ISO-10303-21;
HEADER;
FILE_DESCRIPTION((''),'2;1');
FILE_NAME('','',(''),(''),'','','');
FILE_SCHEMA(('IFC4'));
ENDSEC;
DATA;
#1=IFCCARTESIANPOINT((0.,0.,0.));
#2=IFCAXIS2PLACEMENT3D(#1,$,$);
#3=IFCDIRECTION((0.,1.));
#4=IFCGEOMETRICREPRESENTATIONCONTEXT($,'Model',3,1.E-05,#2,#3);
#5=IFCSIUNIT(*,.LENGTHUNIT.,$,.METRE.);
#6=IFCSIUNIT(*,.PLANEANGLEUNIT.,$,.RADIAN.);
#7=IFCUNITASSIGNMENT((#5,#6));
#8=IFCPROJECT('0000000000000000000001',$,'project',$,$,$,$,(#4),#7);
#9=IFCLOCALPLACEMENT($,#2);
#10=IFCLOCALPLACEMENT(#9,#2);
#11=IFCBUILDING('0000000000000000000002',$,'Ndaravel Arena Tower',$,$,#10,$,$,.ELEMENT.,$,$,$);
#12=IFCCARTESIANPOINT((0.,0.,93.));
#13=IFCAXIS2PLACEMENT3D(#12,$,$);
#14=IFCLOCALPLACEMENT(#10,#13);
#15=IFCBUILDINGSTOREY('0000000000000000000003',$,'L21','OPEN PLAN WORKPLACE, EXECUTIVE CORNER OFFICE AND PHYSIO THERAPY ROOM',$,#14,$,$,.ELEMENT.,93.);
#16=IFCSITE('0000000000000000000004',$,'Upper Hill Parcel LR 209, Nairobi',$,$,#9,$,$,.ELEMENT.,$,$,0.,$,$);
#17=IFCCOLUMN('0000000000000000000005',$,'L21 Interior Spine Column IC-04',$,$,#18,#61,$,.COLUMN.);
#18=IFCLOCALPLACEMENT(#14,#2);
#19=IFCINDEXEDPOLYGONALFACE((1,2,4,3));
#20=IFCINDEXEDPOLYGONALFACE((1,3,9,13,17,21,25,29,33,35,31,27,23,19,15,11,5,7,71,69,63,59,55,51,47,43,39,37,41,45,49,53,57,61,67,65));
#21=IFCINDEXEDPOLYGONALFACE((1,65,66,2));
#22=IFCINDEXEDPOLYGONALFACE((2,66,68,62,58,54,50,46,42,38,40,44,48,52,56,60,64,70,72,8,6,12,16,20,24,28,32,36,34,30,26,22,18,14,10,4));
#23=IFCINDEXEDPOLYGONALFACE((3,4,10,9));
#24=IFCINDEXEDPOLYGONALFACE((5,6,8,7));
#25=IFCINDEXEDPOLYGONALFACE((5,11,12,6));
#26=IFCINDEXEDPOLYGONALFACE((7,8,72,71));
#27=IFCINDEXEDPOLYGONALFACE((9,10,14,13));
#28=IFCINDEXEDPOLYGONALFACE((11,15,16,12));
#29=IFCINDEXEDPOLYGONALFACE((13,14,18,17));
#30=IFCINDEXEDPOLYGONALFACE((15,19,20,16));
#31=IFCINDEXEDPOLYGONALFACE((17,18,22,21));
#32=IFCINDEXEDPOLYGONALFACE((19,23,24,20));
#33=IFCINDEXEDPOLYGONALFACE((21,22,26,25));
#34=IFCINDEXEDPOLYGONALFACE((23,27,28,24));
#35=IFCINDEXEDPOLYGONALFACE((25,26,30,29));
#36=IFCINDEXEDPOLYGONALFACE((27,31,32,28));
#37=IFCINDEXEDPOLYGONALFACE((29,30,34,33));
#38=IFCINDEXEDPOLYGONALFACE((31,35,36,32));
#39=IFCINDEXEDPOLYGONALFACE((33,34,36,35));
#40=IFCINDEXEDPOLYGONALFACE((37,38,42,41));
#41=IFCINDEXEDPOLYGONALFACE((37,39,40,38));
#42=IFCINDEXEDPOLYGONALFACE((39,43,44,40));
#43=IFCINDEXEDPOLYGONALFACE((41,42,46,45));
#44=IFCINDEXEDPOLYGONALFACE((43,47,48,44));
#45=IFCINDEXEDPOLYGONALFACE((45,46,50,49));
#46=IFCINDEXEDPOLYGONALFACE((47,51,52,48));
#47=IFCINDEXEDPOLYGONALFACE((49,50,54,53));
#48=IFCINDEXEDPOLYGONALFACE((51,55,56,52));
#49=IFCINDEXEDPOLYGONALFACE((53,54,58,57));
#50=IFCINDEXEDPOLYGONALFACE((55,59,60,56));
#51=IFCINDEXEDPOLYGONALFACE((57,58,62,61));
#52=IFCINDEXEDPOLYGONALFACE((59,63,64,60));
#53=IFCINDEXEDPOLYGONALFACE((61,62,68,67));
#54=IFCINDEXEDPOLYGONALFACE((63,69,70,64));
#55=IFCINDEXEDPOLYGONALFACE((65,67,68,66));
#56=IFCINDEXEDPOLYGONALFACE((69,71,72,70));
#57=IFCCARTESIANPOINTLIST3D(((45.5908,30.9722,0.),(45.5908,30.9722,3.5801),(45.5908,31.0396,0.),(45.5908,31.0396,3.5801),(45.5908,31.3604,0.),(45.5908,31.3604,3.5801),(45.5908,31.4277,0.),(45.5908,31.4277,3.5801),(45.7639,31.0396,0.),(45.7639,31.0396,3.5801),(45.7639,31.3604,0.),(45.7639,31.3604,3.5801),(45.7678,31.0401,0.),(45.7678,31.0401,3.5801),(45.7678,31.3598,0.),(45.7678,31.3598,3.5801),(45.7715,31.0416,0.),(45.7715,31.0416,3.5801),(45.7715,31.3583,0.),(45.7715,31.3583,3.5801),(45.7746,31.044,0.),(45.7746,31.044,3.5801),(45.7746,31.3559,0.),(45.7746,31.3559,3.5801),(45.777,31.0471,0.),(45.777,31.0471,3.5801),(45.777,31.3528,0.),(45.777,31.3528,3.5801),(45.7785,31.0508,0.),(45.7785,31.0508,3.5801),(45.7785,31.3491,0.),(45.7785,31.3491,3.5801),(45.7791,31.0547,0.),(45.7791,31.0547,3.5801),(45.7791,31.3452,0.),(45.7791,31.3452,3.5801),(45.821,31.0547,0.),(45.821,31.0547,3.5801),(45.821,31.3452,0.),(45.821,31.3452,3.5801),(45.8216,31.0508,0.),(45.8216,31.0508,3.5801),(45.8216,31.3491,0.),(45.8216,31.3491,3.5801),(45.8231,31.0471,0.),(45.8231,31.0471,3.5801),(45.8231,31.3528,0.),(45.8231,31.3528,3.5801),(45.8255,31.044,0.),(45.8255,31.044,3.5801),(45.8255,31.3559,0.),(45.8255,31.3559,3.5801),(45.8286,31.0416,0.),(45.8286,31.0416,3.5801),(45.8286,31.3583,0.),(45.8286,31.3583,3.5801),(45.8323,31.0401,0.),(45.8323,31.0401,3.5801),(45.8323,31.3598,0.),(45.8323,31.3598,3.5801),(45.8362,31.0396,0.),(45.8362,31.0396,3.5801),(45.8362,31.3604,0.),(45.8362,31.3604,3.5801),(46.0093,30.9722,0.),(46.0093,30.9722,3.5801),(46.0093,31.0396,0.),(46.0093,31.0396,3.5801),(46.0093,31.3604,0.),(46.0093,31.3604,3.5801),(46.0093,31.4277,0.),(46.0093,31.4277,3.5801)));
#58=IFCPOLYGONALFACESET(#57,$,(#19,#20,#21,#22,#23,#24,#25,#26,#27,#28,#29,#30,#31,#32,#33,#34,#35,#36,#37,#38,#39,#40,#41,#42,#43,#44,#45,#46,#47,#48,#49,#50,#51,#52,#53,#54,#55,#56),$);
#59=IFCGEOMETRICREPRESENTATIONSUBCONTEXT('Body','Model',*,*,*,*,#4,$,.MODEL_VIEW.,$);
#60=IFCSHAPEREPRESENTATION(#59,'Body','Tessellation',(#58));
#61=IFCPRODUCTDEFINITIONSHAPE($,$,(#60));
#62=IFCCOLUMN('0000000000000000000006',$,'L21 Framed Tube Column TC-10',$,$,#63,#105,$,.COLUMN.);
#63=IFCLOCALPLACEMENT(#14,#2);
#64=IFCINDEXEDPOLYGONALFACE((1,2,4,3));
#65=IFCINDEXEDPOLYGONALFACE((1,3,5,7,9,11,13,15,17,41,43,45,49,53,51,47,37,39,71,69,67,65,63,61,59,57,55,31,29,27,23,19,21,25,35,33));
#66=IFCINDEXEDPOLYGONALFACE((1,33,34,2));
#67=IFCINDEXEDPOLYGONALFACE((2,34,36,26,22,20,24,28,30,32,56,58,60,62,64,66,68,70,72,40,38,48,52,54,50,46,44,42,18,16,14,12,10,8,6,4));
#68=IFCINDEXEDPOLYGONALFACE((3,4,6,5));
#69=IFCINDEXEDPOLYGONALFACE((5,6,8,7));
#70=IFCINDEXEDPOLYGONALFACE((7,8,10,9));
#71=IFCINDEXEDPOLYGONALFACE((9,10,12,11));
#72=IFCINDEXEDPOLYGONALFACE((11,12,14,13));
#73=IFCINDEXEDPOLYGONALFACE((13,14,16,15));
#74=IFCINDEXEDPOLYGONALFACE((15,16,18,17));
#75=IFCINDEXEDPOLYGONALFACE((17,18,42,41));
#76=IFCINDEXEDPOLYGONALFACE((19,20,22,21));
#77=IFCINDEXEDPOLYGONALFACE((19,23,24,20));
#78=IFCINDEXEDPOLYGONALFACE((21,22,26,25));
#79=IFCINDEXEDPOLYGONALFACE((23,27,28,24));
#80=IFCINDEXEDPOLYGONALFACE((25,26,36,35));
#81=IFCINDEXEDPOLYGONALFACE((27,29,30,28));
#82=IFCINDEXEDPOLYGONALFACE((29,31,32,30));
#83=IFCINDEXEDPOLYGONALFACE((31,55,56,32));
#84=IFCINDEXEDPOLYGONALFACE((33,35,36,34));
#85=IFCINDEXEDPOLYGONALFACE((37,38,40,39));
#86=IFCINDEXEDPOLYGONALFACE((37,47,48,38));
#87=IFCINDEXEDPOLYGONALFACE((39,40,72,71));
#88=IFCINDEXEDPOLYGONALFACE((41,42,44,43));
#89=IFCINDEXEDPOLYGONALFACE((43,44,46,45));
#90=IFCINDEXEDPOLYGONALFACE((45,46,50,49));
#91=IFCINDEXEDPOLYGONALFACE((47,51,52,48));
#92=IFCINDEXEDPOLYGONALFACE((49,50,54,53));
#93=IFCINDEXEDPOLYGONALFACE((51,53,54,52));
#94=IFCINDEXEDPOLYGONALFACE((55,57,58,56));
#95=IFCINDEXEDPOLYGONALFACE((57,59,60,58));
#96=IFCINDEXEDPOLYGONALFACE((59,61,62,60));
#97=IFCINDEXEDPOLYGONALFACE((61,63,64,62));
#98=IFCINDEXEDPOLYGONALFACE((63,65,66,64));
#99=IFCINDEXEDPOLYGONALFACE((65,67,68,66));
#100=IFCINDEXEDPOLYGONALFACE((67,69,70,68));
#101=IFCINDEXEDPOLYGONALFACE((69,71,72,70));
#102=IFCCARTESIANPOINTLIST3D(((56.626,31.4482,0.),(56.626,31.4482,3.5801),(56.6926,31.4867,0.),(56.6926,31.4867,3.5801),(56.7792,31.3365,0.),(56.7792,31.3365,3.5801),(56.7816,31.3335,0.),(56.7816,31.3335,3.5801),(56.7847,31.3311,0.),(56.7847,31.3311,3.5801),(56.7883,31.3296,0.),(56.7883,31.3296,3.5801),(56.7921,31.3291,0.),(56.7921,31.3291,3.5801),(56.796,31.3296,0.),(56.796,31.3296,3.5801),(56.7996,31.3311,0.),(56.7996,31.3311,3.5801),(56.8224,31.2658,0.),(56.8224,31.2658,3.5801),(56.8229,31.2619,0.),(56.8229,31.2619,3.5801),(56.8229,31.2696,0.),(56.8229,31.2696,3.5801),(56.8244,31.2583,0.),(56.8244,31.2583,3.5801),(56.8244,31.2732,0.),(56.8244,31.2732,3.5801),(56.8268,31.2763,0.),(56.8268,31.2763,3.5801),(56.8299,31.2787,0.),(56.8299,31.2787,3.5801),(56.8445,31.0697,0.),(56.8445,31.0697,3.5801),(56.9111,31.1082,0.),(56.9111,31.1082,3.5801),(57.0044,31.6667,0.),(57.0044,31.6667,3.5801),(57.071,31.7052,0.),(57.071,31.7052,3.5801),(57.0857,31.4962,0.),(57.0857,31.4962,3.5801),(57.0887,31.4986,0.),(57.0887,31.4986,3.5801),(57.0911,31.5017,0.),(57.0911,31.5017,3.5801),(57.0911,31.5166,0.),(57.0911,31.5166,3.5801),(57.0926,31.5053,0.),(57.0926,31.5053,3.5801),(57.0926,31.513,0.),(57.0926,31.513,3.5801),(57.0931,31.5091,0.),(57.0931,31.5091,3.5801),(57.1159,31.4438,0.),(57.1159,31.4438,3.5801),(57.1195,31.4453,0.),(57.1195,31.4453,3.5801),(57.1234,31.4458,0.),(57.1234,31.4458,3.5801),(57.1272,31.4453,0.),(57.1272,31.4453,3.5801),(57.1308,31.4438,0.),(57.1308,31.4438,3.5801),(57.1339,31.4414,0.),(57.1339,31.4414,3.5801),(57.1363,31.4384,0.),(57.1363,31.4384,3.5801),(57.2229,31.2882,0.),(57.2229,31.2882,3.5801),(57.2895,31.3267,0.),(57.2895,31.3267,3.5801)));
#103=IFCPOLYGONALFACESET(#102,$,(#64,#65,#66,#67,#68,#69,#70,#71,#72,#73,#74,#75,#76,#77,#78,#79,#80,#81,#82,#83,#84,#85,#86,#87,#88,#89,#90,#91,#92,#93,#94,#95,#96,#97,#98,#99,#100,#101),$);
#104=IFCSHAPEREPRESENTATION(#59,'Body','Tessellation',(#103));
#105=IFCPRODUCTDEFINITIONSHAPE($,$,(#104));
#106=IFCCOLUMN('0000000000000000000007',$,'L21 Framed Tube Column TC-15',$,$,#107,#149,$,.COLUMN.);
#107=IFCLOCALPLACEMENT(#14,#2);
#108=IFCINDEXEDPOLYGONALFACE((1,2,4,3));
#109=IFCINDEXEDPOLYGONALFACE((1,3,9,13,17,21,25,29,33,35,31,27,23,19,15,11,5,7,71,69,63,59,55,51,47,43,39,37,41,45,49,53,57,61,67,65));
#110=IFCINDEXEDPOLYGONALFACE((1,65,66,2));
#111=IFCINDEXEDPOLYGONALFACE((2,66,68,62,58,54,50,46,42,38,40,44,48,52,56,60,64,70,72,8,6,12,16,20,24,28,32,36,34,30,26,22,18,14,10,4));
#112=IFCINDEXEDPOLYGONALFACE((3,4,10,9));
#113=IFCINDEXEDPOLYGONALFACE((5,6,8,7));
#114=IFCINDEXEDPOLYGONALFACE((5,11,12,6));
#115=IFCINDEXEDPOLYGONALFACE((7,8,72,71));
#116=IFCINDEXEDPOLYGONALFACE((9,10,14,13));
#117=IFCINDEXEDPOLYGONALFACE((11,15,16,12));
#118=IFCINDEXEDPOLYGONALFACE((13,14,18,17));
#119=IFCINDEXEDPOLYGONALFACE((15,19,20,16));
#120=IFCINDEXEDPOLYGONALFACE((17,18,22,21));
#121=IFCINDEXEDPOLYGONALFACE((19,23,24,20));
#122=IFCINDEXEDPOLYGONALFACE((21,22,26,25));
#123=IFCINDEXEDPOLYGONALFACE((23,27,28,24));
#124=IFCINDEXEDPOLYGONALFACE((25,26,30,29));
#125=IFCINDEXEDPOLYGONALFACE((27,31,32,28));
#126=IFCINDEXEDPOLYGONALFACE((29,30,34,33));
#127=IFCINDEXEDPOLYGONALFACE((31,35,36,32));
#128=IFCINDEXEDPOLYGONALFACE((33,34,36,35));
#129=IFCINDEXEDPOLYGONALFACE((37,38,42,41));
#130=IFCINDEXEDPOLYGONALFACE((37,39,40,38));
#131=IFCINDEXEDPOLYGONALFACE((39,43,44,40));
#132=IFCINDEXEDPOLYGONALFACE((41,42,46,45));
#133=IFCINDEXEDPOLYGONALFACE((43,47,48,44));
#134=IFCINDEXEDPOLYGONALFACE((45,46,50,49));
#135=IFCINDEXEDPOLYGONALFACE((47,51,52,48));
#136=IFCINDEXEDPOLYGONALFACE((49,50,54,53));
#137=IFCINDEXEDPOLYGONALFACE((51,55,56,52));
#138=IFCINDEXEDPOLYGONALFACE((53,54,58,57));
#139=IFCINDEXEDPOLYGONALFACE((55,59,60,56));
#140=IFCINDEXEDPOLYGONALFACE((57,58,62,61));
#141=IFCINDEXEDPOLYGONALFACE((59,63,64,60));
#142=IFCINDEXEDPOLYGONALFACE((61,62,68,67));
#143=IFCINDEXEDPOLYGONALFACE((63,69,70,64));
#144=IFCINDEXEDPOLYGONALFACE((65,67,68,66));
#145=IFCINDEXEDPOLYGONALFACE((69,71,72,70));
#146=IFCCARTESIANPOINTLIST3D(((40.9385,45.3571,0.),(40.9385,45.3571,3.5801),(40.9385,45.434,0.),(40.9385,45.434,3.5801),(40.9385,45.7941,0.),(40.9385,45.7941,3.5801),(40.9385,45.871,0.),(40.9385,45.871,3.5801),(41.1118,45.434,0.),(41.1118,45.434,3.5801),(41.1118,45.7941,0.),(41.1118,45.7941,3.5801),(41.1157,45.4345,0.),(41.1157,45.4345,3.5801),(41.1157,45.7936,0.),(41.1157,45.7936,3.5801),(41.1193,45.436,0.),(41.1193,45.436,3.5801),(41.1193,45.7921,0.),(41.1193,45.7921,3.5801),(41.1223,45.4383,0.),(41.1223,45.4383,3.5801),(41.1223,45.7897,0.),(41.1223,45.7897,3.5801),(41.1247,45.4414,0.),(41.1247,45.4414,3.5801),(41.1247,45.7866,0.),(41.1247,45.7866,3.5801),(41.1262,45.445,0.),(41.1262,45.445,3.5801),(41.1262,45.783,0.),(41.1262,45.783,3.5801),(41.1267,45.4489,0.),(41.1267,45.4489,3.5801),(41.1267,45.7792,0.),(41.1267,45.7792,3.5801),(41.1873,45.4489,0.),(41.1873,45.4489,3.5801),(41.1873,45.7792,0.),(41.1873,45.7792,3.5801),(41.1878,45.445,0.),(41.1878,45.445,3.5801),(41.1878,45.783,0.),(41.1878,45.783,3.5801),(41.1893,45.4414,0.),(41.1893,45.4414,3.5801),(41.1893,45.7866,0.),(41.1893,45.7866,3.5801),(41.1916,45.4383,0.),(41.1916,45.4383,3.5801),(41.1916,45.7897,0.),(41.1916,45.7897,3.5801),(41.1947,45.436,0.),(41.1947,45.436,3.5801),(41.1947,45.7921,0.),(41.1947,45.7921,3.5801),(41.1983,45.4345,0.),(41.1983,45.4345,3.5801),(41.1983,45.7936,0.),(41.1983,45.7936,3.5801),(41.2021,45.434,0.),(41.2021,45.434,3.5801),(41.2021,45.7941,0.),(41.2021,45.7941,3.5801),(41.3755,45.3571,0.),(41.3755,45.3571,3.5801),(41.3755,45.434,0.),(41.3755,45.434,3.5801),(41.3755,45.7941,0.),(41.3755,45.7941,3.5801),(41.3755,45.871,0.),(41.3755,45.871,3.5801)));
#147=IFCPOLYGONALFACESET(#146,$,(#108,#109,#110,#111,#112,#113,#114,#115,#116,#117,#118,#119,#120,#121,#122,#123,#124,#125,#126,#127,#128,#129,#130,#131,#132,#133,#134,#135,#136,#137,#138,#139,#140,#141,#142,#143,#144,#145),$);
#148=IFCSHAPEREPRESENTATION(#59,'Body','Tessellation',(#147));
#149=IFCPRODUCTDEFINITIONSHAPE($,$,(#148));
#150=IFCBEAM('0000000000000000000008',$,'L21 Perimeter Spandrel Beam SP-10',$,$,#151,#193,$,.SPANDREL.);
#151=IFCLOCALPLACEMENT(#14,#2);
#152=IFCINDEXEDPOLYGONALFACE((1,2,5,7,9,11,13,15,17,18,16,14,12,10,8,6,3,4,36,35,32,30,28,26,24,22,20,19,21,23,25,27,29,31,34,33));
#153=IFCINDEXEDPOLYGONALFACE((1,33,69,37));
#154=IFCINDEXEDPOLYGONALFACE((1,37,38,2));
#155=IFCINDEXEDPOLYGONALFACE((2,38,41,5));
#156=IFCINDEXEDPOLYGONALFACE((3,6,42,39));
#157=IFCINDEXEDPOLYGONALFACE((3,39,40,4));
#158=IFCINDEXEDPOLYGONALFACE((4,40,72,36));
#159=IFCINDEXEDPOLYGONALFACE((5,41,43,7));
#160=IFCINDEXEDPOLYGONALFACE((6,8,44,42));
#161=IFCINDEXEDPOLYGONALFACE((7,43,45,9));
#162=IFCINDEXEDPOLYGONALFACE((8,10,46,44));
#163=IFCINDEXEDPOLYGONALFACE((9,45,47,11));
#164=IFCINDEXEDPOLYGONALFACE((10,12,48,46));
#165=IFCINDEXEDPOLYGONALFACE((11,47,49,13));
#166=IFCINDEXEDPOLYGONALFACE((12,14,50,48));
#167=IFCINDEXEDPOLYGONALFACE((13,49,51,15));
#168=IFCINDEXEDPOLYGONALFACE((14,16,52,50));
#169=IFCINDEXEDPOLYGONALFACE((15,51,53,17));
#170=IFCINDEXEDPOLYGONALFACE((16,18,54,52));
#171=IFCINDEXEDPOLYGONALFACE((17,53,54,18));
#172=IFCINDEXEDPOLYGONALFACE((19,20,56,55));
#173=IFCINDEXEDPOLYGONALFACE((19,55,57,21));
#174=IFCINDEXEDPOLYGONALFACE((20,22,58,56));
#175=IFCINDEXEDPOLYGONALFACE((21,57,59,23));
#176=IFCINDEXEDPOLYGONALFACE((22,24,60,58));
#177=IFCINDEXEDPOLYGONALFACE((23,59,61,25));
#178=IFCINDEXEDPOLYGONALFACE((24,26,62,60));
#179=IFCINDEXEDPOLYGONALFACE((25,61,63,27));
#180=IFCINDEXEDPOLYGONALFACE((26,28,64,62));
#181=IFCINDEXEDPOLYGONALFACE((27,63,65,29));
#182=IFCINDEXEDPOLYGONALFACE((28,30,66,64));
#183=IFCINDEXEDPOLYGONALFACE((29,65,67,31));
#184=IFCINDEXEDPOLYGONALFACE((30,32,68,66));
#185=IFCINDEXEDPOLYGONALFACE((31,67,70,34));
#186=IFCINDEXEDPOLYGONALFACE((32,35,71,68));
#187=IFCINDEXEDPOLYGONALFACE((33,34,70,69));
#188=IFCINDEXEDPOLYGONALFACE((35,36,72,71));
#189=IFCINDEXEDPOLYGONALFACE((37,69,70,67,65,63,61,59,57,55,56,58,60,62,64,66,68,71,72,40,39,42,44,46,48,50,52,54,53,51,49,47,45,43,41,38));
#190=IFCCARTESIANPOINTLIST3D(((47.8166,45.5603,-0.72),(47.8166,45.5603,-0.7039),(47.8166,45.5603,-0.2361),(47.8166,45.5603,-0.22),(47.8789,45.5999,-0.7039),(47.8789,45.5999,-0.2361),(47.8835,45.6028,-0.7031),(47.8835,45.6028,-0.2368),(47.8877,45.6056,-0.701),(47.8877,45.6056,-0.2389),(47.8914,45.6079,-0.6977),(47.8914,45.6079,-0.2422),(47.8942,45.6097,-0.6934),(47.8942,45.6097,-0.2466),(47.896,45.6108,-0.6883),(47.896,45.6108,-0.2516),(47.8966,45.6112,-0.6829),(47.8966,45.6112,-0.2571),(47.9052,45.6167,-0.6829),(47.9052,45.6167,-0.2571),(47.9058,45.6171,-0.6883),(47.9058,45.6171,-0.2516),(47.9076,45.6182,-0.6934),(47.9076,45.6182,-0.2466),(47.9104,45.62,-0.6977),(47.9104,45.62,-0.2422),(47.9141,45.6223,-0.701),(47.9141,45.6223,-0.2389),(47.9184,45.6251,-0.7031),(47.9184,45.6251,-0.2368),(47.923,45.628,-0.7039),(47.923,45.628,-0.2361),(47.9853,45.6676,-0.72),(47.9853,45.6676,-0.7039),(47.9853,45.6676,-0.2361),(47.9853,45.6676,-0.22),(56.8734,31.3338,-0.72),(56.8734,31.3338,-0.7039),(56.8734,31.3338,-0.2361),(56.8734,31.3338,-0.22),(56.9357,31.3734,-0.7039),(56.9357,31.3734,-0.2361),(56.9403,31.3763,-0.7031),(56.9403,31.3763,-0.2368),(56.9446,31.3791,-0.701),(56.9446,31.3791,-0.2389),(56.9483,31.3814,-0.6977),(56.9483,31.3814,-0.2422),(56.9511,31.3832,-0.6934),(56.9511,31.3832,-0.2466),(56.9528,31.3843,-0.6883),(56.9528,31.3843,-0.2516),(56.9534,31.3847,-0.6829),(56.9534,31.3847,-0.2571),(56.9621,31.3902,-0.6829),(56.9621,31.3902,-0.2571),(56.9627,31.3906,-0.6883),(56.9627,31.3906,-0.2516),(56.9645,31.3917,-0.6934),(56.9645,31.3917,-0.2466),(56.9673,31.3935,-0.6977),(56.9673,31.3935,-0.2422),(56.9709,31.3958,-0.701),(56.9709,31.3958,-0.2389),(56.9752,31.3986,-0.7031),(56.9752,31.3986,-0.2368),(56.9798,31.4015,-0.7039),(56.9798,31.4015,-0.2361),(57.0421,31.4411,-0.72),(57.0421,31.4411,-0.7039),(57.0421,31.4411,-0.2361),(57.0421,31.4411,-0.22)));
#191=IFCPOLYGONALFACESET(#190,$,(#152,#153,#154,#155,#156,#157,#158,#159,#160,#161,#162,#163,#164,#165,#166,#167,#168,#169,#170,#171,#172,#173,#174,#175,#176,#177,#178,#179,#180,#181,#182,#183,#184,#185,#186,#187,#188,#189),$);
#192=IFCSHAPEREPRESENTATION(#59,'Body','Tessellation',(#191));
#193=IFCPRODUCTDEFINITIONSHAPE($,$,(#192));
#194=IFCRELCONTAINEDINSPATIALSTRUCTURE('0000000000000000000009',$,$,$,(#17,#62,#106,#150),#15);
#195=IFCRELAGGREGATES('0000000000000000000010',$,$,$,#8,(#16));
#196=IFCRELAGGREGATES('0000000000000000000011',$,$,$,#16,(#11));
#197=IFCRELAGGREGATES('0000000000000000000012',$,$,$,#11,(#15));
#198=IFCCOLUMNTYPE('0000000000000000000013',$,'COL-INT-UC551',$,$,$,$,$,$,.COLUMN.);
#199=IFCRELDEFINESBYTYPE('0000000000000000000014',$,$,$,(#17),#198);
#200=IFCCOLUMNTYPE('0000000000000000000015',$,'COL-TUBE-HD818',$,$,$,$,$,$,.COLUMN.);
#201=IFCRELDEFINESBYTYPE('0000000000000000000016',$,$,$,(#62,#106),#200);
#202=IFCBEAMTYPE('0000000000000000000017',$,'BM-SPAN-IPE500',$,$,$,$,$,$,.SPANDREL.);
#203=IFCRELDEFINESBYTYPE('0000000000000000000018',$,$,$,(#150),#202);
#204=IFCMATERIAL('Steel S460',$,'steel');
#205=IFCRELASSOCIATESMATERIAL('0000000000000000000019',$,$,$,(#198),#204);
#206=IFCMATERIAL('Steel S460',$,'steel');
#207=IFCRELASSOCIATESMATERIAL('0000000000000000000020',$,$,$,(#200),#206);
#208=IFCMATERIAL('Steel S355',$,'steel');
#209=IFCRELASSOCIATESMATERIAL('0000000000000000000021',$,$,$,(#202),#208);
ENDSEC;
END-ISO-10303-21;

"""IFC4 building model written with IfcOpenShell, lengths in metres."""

from ifc_helpers import new_model, si_unit, direction, frame, origin, origin_2d, place, context, subcontext, project, spatial, i_section, extrude, material, material_profile, profile_set, type_object, element, save


model = new_model("IFC4")

# Units and contexts
model_context = context("Model", 3, precision=1e-05, world=origin(), true_north=direction((0.0, 1.0)))
body_context = subcontext(model_context, "Body", "Model", "MODEL_VIEW")
ifc_project = project(units=[si_unit("LENGTHUNIT", "METRE"), si_unit("PLANEANGLEUNIT", "RADIAN")], contexts=[model_context])

# Site, building, storey
site_placement = place(None, origin())
site = spatial("IfcSite", under=ifc_project, at=site_placement, Name="Upper Hill Parcel LR 209, Nairobi", CompositionType="ELEMENT", RefElevation=0.0)
building_placement = place(site_placement, origin())
building = spatial("IfcBuilding", under=site, at=building_placement, Name="Ndaravel Arena Tower", CompositionType="ELEMENT")
storey_placement = place(building_placement, frame((0.0, 0.0, 93.0)))
storey = spatial("IfcBuildingStorey", under=building, at=storey_placement, Name="L21", Description="OPEN PLAN WORKPLACE, EXECUTIVE CORNER OFFICE AND PHYSIO THERAPY ROOM", CompositionType="ELEMENT", Elevation=93.0)

# Columns
ifc_material_1 = material(Name="Steel S460", Category="steel")
ifc_material_profile_1 = material_profile(ifc_material_1, i_section(OverallWidth=0.4185, OverallDepth=0.4556, WebThickness=0.042, FlangeThickness=0.0674, FilletRadius=0.0151, at=origin_2d()), Name="UC 356x406x551")
ifc_profile_set_1 = profile_set([ifc_material_profile_1], Name="Steel S460")
column_type_1 = type_object("IfcColumnType", Name="COL-INT-UC551", PredefinedType="COLUMN", material=ifc_profile_set_1)
column_placement = place(storey_placement, frame((45.8, 31.2, 0.0), z_axis=(0.0, 0.0, 1.0), x_axis=(1.0, 0.0, 0.0)))
element("IfcColumn", 1, at=column_placement, inside=storey, type_object=column_type_1, Name="L21 Interior Spine Column IC-04", PredefinedType="COLUMN", context=body_context, shape_type="SweptSolid", body=[
    extrude(i_section(OverallWidth=0.4185, OverallDepth=0.4556, WebThickness=0.042, FlangeThickness=0.0674, FilletRadius=0.0151, at=origin_2d()), origin(), (0.0, 0.0, 1.0), 3.5801),
])
ifc_material_2 = material(Name="Steel S460", Category="steel")
ifc_material_profile_2 = material_profile(ifc_material_2, i_section(OverallWidth=0.437, OverallDepth=0.5139, WebThickness=0.0605, FlangeThickness=0.0769, FilletRadius=0.0149, at=origin_2d()), Name="HD 400x818")
ifc_profile_set_2 = profile_set([ifc_material_profile_2], Name="Steel S460")
column_type_2 = type_object("IfcColumnType", Name="COL-TUBE-HD818", PredefinedType="COLUMN", material=ifc_profile_set_2)
for number, where, z_axis, x_axis, name in (
    (2, (56.9578, 31.3875, 0.0), (0.0, 0.0, 1.0), (-0.5, 0.866025, 0.0), "L21 Framed Tube Column TC-10"),
    (3, (41.157, 45.614, 0.0), (0.0, 0.0, 1.0), (1.0, 0.0, 0.0), "L21 Framed Tube Column TC-15"),
):
    element("IfcColumn", number, at=place(storey_placement, frame(where, z_axis=z_axis, x_axis=x_axis)), inside=storey, type_object=column_type_2, Name=name, PredefinedType="COLUMN", context=body_context, shape_type="SweptSolid", body=[
        extrude(i_section(OverallWidth=0.437, OverallDepth=0.5139, WebThickness=0.0605, FlangeThickness=0.0769, FilletRadius=0.0149, at=origin_2d()), origin(), (0.0, 0.0, 1.0), 3.5801),
    ])

# Beam
ifc_material_3 = material(Name="Steel S355", Category="steel")
ifc_material_profile_3 = material_profile(ifc_material_3, i_section(OverallWidth=0.2, OverallDepth=0.5, WebThickness=0.0103, FlangeThickness=0.0161, FilletRadius=0.021, at=origin_2d()), Name="IPE 500")
ifc_profile_set_3 = profile_set([ifc_material_profile_3], Name="Steel S355")
beam_type = type_object("IfcBeamType", Name="BM-SPAN-IPE500", PredefinedType="SPANDREL", material=ifc_profile_set_3)
beam_placement = place(storey_placement, frame((56.9578, 31.3875, -0.47), z_axis=(-0.537028, 0.843564, 0.0), x_axis=(-0.843564, -0.537028, 0.0)))
element("IfcBeam", 4, at=beam_placement, inside=storey, type_object=beam_type, Name="L21 Perimeter Spandrel Beam SP-10", PredefinedType="SPANDREL", context=body_context, shape_type="SweptSolid", body=[
    extrude(i_section(OverallWidth=0.2, OverallDepth=0.5, WebThickness=0.0103, FlangeThickness=0.0161, FilletRadius=0.021, at=origin_2d()), origin(), (0.0, 0.0, 1.0), 16.8647),
])

save(model, "model.ifc")
